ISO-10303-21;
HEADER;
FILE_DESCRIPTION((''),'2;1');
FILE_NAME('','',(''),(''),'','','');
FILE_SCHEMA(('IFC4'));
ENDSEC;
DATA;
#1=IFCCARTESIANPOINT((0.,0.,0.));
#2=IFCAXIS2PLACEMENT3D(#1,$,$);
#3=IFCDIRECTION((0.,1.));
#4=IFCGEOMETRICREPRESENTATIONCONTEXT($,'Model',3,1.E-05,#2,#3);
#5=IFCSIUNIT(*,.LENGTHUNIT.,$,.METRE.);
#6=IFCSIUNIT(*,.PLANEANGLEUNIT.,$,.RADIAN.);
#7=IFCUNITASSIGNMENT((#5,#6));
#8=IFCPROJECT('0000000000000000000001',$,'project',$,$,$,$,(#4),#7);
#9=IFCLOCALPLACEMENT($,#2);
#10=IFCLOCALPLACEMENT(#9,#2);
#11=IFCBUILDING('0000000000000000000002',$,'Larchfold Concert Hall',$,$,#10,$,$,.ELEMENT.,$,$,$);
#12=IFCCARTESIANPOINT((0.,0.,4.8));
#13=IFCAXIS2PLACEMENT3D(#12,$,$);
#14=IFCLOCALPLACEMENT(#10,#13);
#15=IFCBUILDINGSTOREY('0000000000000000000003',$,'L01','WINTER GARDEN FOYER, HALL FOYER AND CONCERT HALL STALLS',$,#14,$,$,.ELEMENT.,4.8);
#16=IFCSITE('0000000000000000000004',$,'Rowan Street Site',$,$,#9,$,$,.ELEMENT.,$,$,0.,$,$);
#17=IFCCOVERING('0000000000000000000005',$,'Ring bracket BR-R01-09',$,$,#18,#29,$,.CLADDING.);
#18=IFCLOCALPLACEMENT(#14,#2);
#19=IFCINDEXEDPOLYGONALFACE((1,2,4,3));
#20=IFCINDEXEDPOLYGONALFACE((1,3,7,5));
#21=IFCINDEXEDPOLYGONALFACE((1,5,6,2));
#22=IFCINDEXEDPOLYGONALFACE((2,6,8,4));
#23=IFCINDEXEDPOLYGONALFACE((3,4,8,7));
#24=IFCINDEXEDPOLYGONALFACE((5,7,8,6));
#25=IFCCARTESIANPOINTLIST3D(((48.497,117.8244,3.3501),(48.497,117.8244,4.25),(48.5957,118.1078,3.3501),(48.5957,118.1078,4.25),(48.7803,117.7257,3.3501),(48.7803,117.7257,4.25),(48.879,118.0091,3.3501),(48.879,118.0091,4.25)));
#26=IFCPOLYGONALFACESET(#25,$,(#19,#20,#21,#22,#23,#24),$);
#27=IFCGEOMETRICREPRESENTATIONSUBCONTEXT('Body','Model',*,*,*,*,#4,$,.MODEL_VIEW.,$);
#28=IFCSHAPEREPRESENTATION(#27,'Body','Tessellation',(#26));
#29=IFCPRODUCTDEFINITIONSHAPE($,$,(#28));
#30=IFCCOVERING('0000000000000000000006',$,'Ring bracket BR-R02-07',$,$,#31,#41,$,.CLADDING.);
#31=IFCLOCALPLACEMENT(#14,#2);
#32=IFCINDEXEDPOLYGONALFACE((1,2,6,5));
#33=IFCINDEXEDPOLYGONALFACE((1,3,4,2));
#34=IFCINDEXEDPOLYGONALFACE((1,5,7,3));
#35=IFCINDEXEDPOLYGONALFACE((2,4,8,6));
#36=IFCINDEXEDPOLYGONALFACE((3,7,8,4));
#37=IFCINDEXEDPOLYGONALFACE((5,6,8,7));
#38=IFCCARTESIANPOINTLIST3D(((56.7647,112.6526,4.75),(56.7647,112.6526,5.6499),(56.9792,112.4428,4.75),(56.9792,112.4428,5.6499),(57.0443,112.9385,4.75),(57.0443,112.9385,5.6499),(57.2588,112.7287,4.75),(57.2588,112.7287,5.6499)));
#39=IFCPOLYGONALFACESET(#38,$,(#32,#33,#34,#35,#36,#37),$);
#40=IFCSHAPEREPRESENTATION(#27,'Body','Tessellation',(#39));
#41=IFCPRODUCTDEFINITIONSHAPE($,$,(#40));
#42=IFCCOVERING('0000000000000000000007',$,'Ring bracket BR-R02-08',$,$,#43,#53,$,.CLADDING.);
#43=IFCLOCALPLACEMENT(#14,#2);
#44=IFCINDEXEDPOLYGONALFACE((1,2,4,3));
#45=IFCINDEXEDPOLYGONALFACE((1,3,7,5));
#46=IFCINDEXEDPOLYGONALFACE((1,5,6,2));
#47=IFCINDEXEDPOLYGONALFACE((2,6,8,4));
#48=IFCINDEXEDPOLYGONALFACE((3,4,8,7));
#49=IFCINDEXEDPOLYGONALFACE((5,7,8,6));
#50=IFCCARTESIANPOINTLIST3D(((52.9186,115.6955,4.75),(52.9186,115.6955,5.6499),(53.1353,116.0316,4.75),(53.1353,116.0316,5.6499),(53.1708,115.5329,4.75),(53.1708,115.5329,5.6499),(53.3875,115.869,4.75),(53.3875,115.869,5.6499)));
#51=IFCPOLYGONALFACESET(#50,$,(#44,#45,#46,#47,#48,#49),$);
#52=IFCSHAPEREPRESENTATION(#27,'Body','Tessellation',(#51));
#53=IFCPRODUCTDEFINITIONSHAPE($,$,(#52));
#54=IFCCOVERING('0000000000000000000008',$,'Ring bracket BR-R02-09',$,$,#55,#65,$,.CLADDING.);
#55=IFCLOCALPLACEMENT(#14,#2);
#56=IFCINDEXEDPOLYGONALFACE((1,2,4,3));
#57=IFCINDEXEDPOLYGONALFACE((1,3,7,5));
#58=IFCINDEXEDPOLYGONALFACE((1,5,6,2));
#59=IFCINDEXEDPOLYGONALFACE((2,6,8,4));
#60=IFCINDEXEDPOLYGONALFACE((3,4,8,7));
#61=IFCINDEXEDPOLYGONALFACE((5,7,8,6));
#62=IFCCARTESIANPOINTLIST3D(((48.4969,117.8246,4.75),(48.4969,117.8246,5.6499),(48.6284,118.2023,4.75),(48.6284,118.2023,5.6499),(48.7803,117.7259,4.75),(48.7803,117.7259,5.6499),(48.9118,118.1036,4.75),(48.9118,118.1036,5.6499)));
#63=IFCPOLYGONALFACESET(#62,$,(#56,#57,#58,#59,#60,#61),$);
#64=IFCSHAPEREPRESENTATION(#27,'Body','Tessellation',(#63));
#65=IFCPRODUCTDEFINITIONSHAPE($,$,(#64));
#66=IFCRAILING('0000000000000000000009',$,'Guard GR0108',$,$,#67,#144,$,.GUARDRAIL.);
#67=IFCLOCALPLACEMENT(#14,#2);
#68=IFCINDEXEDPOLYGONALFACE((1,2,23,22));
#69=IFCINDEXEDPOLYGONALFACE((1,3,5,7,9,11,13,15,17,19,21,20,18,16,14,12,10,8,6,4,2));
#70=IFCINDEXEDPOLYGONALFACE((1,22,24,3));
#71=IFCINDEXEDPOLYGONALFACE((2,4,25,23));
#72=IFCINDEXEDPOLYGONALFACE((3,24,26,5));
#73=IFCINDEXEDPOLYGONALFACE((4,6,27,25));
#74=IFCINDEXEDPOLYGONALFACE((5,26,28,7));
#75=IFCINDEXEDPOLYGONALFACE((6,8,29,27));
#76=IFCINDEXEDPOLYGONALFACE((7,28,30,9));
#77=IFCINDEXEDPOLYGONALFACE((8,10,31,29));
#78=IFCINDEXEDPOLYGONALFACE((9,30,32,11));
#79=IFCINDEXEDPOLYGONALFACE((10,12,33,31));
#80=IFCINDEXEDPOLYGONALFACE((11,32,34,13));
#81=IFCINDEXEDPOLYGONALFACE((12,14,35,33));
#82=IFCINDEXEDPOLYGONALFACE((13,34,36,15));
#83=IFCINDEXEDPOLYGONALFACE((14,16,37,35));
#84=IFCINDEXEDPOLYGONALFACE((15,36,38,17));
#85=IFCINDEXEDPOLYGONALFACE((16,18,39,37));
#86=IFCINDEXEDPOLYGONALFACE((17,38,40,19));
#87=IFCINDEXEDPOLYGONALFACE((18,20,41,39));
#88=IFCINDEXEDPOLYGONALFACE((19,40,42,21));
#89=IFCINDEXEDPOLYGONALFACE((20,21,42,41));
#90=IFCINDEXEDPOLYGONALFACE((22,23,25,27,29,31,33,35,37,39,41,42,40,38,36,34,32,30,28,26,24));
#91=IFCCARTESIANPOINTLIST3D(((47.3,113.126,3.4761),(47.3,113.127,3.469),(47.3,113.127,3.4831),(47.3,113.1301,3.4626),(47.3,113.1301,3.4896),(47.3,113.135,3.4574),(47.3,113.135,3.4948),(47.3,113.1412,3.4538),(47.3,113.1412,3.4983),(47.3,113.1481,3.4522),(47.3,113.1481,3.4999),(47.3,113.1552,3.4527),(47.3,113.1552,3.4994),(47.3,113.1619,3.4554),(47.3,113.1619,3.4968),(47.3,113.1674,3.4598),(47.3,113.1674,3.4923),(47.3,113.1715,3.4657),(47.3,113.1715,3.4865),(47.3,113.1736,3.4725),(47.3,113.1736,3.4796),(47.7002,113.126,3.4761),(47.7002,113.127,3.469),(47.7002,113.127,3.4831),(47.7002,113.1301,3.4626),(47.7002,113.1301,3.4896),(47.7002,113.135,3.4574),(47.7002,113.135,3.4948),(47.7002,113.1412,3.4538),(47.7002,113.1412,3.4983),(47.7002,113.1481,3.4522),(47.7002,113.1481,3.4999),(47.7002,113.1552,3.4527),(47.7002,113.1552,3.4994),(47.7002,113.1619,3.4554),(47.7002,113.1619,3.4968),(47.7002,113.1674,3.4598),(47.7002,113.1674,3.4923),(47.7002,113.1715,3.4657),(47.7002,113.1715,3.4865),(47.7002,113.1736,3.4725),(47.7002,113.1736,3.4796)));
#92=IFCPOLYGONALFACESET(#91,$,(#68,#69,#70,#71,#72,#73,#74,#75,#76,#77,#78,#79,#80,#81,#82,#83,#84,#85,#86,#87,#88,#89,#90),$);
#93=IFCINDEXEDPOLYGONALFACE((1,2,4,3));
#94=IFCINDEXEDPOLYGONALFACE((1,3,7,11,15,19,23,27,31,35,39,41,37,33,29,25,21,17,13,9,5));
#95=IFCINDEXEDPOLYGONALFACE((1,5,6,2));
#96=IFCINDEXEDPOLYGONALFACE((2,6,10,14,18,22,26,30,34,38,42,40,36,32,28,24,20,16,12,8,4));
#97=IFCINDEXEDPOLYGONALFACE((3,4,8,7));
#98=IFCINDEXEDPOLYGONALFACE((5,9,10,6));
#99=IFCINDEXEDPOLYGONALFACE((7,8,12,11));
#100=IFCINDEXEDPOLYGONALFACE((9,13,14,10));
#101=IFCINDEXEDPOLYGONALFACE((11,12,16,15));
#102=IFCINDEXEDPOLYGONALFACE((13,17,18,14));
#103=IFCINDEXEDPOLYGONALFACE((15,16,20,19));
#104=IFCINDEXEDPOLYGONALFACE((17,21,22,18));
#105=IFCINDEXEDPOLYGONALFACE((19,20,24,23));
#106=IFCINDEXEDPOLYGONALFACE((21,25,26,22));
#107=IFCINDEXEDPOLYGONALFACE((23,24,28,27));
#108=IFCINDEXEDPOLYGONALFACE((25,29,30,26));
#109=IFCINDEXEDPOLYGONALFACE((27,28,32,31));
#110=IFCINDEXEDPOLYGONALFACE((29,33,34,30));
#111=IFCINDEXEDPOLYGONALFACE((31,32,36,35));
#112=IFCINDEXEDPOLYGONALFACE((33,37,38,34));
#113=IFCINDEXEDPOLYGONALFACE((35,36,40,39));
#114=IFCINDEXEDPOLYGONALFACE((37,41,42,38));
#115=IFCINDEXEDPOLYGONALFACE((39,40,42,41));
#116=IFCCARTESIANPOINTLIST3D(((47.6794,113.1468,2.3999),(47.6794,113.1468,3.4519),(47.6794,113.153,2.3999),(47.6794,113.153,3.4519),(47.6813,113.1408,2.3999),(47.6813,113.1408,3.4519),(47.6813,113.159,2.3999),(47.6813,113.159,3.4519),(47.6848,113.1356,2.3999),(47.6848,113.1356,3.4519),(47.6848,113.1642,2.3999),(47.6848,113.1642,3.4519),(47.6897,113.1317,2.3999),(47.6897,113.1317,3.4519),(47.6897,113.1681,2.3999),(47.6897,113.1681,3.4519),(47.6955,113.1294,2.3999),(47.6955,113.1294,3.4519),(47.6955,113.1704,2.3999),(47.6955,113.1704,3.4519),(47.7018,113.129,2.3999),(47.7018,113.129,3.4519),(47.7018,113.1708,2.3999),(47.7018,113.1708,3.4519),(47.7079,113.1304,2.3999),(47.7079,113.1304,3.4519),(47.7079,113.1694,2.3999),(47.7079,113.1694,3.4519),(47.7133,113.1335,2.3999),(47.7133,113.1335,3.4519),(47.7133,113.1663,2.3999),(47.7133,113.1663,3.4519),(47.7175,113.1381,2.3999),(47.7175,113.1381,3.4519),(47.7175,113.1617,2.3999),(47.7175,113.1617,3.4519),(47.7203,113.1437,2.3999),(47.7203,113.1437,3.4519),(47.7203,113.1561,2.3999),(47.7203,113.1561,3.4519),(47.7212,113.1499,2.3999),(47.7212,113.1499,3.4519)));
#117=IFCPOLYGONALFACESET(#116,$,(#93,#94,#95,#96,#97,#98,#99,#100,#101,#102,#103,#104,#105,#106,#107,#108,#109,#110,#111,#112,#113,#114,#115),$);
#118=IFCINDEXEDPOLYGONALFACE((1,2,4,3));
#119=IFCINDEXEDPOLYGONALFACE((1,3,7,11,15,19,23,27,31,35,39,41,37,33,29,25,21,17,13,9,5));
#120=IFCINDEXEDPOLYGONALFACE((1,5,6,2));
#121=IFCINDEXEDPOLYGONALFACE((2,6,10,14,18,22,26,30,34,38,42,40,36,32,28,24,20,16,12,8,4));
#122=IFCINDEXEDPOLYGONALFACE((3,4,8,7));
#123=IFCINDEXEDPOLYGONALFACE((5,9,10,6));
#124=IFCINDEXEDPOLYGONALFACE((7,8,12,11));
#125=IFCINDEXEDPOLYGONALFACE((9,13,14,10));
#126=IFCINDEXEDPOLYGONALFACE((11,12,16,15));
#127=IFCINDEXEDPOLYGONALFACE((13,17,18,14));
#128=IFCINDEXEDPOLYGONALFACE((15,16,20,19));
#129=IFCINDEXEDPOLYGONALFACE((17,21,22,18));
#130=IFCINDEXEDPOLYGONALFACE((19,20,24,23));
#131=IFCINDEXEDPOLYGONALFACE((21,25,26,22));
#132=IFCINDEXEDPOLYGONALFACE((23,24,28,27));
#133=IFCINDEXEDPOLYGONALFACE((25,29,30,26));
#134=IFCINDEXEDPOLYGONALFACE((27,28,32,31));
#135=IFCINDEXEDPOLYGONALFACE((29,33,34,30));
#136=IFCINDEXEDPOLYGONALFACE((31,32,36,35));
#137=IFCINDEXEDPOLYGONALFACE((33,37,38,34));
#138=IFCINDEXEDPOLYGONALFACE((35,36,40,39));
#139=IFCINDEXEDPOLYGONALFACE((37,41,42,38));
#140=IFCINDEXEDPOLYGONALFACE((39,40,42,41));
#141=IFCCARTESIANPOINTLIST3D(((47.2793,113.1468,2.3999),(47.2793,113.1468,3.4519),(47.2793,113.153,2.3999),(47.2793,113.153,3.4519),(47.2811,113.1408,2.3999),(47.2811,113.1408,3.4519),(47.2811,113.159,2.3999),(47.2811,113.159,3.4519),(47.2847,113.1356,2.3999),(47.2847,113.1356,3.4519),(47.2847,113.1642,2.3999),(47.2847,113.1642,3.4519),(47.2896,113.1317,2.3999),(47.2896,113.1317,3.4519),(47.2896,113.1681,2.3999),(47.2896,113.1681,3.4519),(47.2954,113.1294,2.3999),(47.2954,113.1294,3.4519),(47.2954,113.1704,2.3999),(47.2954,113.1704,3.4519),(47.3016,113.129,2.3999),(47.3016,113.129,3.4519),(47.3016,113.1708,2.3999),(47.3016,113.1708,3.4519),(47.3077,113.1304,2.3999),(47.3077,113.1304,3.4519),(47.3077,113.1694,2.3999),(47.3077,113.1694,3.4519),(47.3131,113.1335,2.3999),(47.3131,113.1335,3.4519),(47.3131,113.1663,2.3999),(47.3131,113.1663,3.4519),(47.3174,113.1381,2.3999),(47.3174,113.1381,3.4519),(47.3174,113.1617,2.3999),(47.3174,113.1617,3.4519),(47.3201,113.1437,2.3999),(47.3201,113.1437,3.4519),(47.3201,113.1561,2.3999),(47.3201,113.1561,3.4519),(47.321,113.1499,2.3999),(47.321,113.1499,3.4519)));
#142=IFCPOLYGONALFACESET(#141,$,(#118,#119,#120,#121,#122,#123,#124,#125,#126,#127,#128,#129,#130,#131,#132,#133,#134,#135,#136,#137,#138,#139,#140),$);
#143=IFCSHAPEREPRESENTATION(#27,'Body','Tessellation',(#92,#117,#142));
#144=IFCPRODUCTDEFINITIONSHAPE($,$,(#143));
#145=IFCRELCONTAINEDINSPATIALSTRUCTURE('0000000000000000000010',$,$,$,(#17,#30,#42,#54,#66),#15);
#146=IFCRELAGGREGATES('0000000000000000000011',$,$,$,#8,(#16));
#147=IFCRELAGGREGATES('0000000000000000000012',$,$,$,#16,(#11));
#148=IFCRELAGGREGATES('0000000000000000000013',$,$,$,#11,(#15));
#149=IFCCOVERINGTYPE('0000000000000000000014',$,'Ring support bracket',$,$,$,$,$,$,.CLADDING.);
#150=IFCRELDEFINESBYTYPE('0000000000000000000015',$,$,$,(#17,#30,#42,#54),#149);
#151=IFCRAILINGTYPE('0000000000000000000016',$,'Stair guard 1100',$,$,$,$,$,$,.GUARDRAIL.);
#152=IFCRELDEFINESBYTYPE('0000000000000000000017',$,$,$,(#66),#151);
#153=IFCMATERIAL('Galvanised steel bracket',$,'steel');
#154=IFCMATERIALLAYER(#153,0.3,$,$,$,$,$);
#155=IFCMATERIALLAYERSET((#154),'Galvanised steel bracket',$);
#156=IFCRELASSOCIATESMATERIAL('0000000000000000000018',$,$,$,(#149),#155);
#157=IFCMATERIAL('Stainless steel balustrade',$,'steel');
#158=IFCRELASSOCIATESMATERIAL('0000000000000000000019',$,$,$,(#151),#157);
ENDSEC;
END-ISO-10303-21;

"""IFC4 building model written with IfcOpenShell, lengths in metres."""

from ifc_helpers import new_model, si_unit, direction, frame, origin, origin_2d, place, context, subcontext, project, spatial, rectangle, circle, extrude, material, layer, layer_set, type_object, element, save


model = new_model("IFC4")

# Units and contexts
model_context = context("Model", 3, precision=1e-05, world=origin(), true_north=direction((0.0, 1.0)))
body_context = subcontext(model_context, "Body", "Model", "MODEL_VIEW")
ifc_project = project(units=[si_unit("LENGTHUNIT", "METRE"), si_unit("PLANEANGLEUNIT", "RADIAN")], contexts=[model_context])

# Site, building, storey
site_placement = place(None, origin())
site = spatial("IfcSite", under=ifc_project, at=site_placement, Name="Rowan Street Site", CompositionType="ELEMENT", RefElevation=0.0)
building_placement = place(site_placement, origin())
building = spatial("IfcBuilding", under=site, at=building_placement, Name="Larchfold Concert Hall", CompositionType="ELEMENT")
storey_placement = place(building_placement, frame((0.0, 0.0, 4.8)))
storey = spatial("IfcBuildingStorey", under=building, at=storey_placement, Name="L01", Description="WINTER GARDEN FOYER, HALL FOYER AND CONCERT HALL STALLS", CompositionType="ELEMENT", Elevation=4.8)

# Coverings
ifc_material_1 = material(Name="Galvanised steel bracket", Category="steel")
ifc_layer_1 = layer(ifc_material_1, 0.3)
ifc_layer_set_1 = layer_set([ifc_layer_1], Name="Galvanised steel bracket")
covering_type = type_object("IfcCoveringType", Name="Ring support bracket", PredefinedType="CLADDING", material=ifc_layer_set_1)
for number, where, z_axis, x_axis, name in (
    (1, (48.688, 117.9167, 3.3501), (0.0, 0.0, 1.0), (0.32892, 0.944358, 0.0), "Ring bracket BR-R01-09"),
):
    element("IfcCovering", number, at=place(storey_placement, frame(where, z_axis=z_axis, x_axis=x_axis)), inside=storey, type_object=covering_type, Name=name, PredefinedType="CLADDING", context=body_context, shape_type="SweptSolid", body=[
        extrude(rectangle(XDim=0.3, YDim=0.3, at=origin_2d()), origin(), (0.0, 0.0, 1.0), 0.8999),
    ])
for number, where, z_axis, x_axis, name in (
    (2, (57.0117, 112.6907, 4.75), (0.0, 0.0, 1.0), (0.699161, 0.714965, 0.0), "Ring bracket BR-R02-07"),
    (3, (53.1531, 115.7822, 4.75), (0.0, 0.0, 1.0), (0.54181, 0.840501, 0.0), "Ring bracket BR-R02-08"),
    (4, (48.7043, 117.9641, 4.75), (0.0, 0.0, 1.0), (0.32892, 0.944358, 0.0), "Ring bracket BR-R02-09"),
):
    element("IfcCovering", number, at=place(storey_placement, frame(where, z_axis=z_axis, x_axis=x_axis)), inside=storey, type_object=covering_type, Name=name, PredefinedType="CLADDING", context=body_context, shape_type="SweptSolid", body=[
        extrude(rectangle(XDim=0.3999, YDim=0.3, at=origin_2d()), origin(), (0.0, 0.0, 1.0), 0.8999),
    ])

# Railing
ifc_material_2 = material(Name="Stainless steel balustrade", Category="steel")
railing_type_1 = type_object("IfcRailingType", Name="Stair guard 1100", PredefinedType="GUARDRAIL", material=ifc_material_2)
railing_1_placement = place(storey_placement, frame((47.7002, 113.1499, 2.3999)))
element("IfcRailing", 5, at=railing_1_placement, inside=storey, type_object=railing_type_1, Name="Guard GR0108", PredefinedType="GUARDRAIL", context=body_context, shape_type="SweptSolid", body=[
    extrude(circle(Radius=0.0239, at=origin_2d()), frame((0.0, 0.0, 1.0762), z_axis=(-1.0, 0.0, 0.0), x_axis=(0.0, -1.0, 0.0)), (0.0, 0.0, 1.0), 0.4001),
    extrude(circle(Radius=0.021, at=origin_2d()), origin(), (0.0, 0.0, 1.0), 1.052),
    extrude(circle(Radius=0.021, at=origin_2d()), frame((-0.4001, 0.0, 0.0)), (0.0, 0.0, 1.0), 1.052),
])

save(model, "model.ifc")
